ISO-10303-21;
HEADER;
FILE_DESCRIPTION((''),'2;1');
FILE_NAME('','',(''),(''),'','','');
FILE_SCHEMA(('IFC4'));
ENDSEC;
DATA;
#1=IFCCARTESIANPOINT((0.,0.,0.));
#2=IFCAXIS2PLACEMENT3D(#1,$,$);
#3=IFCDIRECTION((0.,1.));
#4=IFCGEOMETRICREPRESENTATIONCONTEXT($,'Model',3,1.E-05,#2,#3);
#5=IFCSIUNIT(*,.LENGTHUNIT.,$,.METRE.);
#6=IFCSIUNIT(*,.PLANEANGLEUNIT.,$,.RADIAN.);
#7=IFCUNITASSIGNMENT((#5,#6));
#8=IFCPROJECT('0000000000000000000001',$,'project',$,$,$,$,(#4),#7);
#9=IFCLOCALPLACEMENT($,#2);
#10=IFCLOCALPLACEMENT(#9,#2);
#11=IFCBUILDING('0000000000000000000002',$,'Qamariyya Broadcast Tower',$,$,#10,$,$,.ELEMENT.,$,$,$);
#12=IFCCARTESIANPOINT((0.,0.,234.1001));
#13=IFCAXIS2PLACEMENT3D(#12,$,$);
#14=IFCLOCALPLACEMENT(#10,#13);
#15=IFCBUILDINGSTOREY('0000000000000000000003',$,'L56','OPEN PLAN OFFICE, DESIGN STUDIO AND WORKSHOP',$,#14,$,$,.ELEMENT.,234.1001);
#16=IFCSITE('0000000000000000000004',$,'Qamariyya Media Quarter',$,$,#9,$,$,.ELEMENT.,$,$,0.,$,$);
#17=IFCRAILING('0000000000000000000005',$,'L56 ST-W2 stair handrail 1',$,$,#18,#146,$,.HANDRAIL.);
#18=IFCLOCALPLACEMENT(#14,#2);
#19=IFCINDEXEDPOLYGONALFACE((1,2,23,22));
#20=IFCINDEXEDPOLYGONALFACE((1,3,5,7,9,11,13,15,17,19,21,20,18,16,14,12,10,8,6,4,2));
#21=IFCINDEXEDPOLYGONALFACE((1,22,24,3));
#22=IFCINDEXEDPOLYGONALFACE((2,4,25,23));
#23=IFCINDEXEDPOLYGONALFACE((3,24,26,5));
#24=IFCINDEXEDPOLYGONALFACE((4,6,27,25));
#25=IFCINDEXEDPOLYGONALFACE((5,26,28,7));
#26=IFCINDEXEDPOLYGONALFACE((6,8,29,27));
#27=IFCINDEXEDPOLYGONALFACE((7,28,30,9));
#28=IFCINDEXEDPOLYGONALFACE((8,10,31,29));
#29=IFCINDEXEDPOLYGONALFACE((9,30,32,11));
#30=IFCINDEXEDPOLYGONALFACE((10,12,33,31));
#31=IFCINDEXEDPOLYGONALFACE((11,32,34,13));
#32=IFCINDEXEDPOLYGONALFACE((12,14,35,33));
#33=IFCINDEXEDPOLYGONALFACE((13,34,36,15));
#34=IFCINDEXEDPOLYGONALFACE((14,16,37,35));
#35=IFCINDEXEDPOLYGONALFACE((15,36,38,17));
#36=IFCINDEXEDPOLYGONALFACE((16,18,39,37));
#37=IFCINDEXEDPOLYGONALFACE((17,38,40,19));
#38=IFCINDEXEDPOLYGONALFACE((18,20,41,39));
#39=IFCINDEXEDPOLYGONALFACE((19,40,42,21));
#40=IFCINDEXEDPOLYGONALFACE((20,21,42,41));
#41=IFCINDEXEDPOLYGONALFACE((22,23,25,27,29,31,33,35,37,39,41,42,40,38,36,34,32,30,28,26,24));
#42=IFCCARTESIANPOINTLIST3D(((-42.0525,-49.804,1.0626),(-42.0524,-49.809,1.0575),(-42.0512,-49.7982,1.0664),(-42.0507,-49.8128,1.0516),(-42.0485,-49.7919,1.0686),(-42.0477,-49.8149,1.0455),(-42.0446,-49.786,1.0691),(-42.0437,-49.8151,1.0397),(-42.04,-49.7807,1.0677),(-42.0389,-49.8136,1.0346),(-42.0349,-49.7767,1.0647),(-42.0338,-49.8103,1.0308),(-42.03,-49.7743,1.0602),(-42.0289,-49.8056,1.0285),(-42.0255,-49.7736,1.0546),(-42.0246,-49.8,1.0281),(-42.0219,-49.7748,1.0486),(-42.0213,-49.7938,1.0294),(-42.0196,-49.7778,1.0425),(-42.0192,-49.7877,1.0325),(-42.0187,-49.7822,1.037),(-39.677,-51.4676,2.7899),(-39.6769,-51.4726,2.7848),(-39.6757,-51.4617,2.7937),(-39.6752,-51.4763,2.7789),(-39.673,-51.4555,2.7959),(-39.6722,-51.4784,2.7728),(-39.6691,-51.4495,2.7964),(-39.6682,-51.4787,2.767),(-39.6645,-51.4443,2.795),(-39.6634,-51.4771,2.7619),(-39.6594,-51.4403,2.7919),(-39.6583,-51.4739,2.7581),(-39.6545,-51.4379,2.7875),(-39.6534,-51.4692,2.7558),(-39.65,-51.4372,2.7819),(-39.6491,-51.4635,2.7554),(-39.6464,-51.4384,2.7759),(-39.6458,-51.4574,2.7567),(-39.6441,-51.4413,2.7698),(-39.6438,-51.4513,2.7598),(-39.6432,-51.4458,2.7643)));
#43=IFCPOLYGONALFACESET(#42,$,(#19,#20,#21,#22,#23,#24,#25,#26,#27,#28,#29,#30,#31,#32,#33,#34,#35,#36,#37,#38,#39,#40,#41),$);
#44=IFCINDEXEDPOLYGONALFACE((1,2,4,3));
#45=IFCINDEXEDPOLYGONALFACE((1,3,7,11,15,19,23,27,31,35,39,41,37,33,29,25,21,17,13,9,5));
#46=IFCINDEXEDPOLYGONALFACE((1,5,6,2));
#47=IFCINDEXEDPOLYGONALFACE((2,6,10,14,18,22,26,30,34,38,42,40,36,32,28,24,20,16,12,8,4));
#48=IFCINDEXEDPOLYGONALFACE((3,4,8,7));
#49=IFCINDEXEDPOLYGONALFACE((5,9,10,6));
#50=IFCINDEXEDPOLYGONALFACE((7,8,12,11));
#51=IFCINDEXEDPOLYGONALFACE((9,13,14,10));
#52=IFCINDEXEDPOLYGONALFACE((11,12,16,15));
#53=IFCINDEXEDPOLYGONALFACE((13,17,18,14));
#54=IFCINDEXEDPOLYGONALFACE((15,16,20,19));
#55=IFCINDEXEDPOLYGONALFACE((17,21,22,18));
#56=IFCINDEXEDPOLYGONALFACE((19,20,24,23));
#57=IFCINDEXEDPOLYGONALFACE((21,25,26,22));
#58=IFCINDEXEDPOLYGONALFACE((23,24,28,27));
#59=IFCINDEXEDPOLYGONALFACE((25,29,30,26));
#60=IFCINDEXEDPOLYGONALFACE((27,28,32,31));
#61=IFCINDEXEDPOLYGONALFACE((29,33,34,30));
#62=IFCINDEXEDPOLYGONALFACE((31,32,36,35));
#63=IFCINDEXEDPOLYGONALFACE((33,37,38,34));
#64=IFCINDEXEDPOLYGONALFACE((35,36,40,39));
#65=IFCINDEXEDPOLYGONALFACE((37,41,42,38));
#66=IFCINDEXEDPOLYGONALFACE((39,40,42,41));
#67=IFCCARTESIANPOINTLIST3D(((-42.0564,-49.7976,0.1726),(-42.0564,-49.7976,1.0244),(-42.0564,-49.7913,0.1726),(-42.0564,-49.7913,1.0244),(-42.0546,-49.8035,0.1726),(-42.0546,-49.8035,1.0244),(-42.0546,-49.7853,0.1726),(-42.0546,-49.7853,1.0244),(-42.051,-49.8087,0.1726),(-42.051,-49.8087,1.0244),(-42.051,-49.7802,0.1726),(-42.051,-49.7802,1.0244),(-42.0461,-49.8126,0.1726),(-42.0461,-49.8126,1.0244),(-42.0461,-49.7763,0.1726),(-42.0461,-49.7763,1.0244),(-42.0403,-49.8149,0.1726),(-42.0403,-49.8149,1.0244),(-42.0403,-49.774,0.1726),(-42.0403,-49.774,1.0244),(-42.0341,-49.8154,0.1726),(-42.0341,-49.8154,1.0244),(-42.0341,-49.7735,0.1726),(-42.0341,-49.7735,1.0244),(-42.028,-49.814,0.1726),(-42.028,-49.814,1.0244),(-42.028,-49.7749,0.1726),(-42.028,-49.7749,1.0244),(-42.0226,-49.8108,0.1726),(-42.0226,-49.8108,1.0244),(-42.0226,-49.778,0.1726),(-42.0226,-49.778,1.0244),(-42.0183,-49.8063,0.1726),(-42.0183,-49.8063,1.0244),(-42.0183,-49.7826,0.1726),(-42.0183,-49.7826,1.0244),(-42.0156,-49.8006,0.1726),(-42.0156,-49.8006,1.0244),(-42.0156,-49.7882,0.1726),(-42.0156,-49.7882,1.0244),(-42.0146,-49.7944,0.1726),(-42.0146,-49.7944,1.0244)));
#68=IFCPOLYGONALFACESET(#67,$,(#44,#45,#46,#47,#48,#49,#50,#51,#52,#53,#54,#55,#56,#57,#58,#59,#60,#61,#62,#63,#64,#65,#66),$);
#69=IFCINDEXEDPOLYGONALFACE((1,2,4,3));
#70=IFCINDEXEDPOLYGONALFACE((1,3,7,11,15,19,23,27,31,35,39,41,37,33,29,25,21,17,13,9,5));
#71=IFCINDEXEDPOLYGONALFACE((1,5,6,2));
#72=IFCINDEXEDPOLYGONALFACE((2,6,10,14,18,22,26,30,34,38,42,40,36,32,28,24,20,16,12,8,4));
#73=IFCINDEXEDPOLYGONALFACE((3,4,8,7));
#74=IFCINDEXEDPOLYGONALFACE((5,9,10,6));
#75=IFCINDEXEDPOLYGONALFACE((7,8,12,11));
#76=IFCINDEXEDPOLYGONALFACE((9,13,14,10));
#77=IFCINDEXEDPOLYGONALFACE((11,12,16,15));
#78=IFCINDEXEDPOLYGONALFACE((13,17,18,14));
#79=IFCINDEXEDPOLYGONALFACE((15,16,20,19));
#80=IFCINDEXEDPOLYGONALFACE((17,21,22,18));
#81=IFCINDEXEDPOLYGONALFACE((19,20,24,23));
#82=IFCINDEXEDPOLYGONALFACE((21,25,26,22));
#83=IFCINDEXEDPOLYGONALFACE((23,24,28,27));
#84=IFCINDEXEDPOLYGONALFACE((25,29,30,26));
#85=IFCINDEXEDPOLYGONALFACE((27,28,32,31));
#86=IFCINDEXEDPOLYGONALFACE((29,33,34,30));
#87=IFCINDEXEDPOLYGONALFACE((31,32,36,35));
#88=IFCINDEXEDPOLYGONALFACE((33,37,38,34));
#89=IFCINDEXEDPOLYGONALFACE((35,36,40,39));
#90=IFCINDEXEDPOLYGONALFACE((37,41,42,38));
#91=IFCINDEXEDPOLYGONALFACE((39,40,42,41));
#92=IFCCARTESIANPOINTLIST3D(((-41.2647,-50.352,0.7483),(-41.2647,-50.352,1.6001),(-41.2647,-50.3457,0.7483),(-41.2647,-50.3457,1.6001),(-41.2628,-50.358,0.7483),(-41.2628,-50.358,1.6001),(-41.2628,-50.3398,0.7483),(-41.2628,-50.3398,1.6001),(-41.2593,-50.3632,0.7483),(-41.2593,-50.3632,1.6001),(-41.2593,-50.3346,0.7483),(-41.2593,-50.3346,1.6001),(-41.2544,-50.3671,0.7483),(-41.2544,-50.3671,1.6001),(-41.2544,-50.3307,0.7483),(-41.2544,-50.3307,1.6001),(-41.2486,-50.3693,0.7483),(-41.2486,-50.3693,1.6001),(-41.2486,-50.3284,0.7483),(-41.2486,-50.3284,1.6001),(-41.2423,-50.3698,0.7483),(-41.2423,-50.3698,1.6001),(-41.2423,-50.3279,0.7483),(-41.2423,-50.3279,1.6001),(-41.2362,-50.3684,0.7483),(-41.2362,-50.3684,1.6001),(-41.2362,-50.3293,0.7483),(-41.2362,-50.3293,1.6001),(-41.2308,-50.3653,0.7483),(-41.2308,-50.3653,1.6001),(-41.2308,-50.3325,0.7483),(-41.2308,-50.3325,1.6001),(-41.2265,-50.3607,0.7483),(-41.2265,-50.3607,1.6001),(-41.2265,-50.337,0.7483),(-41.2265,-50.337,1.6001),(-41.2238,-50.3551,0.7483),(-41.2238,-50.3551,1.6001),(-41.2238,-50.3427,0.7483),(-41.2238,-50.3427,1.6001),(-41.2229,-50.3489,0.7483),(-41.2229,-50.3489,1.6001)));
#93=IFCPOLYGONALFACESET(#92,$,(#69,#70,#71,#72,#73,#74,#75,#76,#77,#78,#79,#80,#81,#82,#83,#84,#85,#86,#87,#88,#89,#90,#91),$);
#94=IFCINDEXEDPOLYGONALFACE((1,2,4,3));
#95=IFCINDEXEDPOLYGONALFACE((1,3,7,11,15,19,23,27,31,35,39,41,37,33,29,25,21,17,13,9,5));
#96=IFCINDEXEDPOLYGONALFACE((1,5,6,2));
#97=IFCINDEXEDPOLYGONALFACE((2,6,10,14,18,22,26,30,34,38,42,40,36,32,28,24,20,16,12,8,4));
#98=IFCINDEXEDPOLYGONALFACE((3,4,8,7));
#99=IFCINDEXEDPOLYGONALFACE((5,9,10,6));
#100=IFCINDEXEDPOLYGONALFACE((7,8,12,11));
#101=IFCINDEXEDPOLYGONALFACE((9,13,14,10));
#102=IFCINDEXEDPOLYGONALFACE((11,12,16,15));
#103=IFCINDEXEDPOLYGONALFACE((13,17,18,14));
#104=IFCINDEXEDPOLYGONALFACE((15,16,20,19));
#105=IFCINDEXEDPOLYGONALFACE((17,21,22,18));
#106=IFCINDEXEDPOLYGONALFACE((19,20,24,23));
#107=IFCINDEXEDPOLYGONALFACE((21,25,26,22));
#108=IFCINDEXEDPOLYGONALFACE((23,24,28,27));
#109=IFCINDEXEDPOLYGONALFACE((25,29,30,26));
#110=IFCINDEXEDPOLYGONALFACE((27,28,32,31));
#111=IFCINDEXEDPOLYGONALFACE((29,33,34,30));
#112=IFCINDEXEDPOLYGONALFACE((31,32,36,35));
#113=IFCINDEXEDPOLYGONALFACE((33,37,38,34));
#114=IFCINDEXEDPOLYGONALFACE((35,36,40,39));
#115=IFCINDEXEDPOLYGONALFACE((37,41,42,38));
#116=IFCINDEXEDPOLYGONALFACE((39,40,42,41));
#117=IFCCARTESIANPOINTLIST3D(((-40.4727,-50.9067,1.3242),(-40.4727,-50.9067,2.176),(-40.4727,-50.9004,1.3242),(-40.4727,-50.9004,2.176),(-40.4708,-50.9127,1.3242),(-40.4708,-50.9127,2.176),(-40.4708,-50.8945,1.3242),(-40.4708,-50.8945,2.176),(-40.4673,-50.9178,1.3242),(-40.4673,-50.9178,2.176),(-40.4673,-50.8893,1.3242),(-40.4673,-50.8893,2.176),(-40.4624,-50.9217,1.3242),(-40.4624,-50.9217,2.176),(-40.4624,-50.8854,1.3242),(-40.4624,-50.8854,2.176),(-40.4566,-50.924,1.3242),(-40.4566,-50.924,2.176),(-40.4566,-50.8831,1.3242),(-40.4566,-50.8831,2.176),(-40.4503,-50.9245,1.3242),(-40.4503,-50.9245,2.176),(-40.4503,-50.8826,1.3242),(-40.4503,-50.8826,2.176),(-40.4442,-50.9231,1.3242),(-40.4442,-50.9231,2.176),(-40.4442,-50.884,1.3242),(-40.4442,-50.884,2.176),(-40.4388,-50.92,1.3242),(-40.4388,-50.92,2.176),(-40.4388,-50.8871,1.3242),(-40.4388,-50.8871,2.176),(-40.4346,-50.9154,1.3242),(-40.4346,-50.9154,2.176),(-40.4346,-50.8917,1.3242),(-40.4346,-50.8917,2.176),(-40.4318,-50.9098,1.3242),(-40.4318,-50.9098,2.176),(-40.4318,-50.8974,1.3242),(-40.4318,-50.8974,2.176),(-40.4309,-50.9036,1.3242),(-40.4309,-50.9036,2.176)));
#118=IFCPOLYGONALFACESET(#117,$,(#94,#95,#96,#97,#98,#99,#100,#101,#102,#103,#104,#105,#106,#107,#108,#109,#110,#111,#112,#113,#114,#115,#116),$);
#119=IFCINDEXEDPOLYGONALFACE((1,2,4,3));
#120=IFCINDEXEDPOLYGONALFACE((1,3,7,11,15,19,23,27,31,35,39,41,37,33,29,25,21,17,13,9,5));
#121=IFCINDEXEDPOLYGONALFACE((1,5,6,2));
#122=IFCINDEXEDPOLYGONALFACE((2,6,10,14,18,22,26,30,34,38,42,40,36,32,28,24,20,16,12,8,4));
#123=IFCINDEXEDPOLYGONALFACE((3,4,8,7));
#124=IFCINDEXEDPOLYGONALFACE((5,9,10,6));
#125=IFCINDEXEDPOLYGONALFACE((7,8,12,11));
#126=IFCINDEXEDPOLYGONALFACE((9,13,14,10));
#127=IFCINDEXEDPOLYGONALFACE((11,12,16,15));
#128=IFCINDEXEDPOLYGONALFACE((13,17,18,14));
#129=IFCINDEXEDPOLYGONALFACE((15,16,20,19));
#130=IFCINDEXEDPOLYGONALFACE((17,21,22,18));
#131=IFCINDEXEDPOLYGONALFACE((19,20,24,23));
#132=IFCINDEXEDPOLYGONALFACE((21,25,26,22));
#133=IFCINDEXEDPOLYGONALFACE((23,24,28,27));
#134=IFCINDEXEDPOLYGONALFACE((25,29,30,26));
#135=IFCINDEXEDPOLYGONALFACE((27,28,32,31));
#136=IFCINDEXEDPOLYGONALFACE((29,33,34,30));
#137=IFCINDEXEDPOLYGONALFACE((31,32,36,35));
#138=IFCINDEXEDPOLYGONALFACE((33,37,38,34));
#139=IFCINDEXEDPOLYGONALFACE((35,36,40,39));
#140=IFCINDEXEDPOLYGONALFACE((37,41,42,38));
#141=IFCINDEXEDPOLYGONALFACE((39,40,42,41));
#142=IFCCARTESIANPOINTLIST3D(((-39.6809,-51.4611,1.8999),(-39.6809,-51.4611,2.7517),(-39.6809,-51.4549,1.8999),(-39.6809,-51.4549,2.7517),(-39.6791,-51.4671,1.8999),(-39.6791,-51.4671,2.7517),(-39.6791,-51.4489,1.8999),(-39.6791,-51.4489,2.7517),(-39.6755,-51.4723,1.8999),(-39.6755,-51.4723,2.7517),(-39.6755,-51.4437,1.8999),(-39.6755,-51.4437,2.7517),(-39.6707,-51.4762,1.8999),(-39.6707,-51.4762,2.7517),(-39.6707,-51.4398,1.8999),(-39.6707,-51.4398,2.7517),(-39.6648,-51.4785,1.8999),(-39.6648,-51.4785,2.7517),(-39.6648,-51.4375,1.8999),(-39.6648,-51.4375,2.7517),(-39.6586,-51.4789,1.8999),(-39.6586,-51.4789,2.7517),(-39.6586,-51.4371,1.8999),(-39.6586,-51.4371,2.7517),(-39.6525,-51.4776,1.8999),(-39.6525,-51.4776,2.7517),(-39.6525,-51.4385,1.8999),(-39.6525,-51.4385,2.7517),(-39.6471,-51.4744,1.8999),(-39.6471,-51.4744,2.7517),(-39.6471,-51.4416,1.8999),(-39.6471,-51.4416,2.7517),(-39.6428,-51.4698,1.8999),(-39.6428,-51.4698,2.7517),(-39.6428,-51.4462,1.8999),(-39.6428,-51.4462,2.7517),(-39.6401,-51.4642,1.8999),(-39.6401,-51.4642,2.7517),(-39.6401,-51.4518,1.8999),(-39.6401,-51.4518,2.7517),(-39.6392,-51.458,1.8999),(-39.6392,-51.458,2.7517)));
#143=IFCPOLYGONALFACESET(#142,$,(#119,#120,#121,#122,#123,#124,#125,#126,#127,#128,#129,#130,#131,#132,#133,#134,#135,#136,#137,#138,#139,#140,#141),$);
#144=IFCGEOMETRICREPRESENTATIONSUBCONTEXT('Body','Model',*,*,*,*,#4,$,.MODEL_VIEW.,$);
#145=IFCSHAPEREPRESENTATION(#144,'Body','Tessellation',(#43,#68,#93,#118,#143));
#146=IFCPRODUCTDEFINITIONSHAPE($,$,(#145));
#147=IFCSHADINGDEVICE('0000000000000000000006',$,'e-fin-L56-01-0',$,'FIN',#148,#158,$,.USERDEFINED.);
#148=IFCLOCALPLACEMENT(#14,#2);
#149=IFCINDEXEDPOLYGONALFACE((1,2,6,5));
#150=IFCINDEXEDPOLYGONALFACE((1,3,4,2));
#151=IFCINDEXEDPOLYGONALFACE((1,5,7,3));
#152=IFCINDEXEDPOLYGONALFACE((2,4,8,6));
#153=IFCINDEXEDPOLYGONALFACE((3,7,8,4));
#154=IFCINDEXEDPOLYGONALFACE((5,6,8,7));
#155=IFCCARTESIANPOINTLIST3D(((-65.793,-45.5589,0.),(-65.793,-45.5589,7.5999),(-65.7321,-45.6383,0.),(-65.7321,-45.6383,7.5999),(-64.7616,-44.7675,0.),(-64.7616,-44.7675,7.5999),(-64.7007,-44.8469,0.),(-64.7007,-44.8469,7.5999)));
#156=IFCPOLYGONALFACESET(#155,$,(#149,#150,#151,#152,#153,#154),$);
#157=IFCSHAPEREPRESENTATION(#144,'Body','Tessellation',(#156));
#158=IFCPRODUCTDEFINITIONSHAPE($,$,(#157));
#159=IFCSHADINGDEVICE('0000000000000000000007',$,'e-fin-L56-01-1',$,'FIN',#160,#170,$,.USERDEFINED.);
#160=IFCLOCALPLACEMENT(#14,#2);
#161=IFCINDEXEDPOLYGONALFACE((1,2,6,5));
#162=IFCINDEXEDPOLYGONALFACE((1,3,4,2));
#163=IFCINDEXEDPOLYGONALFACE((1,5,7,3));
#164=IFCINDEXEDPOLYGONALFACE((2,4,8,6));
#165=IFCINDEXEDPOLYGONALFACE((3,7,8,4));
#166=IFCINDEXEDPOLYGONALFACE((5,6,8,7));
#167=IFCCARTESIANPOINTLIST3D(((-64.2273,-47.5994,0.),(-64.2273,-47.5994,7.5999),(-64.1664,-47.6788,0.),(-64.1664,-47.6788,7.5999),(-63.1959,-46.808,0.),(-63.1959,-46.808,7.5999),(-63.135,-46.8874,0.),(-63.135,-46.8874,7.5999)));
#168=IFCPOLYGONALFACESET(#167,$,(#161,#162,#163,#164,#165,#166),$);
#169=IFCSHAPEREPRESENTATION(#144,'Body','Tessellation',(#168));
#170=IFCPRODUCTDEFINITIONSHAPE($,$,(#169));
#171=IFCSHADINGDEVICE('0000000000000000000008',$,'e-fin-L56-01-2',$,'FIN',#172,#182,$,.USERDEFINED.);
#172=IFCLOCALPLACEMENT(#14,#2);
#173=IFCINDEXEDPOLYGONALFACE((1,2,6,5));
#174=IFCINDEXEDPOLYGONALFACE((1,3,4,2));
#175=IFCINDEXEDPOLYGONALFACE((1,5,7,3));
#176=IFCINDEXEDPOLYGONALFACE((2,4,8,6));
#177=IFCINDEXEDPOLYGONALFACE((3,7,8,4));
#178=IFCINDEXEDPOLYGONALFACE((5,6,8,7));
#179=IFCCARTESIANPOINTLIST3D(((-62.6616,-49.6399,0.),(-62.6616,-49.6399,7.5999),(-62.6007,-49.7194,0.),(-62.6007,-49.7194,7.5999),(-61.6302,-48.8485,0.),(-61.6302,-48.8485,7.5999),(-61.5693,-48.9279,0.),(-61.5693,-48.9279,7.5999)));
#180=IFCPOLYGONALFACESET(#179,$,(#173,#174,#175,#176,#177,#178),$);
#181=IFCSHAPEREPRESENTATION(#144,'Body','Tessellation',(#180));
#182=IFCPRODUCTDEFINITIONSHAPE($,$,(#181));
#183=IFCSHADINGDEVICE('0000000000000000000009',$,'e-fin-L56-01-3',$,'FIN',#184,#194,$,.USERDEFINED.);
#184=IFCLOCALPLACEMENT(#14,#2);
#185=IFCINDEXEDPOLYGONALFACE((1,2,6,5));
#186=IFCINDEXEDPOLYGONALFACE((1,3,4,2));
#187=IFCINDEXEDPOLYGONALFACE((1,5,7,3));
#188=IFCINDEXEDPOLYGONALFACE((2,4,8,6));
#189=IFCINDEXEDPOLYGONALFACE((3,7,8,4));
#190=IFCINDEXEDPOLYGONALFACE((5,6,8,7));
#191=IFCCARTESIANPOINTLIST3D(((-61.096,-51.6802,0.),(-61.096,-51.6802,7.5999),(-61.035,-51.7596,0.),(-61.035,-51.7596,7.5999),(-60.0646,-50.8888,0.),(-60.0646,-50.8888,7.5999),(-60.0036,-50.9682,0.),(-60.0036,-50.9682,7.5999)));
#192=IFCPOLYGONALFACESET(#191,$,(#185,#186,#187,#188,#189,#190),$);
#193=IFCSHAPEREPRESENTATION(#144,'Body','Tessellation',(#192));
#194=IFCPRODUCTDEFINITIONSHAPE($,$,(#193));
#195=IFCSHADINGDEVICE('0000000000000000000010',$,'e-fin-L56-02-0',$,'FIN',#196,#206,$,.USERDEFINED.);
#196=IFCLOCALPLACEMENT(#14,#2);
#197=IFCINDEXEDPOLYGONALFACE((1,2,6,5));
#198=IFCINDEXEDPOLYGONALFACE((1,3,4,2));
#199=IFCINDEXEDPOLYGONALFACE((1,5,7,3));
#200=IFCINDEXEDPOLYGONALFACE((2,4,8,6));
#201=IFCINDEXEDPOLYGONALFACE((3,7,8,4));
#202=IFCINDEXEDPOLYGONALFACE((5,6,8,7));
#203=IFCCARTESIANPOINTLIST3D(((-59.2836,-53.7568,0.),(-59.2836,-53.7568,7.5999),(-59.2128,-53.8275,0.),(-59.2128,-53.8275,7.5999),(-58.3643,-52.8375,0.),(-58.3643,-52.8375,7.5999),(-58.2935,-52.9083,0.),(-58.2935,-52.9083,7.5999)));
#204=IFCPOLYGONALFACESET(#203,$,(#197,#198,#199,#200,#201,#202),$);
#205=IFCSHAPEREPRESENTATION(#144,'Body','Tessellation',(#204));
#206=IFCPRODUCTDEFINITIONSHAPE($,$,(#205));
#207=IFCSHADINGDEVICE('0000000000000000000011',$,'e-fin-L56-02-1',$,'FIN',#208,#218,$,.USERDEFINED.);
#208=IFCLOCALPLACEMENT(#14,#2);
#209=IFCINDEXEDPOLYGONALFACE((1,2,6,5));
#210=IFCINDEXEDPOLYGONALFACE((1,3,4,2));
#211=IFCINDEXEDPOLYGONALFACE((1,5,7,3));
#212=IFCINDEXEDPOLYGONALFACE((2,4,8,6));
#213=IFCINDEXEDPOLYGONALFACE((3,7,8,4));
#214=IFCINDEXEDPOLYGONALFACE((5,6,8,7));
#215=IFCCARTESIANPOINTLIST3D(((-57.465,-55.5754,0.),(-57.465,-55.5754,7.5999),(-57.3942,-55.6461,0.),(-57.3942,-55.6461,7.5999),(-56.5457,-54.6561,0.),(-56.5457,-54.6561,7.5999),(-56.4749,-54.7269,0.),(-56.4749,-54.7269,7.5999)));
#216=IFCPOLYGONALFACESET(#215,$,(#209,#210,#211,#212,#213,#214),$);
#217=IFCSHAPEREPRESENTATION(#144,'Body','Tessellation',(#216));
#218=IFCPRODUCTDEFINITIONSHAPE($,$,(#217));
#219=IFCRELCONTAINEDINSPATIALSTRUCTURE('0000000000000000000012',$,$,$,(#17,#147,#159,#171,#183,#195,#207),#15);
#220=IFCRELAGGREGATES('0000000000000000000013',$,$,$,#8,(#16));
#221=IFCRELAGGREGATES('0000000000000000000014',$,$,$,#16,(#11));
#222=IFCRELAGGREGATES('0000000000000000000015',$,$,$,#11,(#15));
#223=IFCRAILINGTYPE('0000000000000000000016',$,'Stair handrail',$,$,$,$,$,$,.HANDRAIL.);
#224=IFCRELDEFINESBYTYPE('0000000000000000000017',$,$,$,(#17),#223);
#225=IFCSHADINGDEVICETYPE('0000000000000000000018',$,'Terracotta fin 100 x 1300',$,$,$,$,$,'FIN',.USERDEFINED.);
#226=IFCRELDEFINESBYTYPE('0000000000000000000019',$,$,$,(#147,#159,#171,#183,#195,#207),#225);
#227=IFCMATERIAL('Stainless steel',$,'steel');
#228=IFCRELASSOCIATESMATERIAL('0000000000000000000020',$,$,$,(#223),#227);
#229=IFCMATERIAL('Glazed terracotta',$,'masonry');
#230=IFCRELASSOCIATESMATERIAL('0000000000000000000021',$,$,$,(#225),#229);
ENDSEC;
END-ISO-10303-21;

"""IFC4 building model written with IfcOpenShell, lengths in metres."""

from ifc_helpers import new_model, si_unit, direction, frame, origin, origin_2d, place, context, subcontext, project, spatial, rectangle, circle, extrude, material, material_profile, profile_set, type_object, element, save


model = new_model("IFC4")

# Units and contexts
model_context = context("Model", 3, precision=1e-05, world=origin(), true_north=direction((0.0, 1.0)))
body_context = subcontext(model_context, "Body", "Model", "MODEL_VIEW")
ifc_project = project(units=[si_unit("LENGTHUNIT", "METRE"), si_unit("PLANEANGLEUNIT", "RADIAN")], contexts=[model_context])

# Site, building, storey
site_placement = place(None, origin())
site = spatial("IfcSite", under=ifc_project, at=site_placement, Name="Qamariyya Media Quarter", CompositionType="ELEMENT", RefElevation=0.0)
building_placement = place(site_placement, origin())
building = spatial("IfcBuilding", under=site, at=building_placement, Name="Qamariyya Broadcast Tower", CompositionType="ELEMENT")
storey_placement = place(building_placement, frame((0.0, 0.0, 234.1001)))
storey = spatial("IfcBuildingStorey", under=building, at=storey_placement, Name="L56", Description="OPEN PLAN OFFICE, DESIGN STUDIO AND WORKSHOP", CompositionType="ELEMENT", Elevation=234.1001)

# Railing
ifc_material_1 = material(Name="Stainless steel", Category="steel")
railing_type_1 = type_object("IfcRailingType", Name="Stair handrail", PredefinedType="HANDRAIL", material=ifc_material_1)
railing_1_placement = place(storey_placement, frame((-42.0356, -49.7944, 0.1726)))
element("IfcRailing", 1, at=railing_1_placement, inside=storey, type_object=railing_type_1, Name="L56 ST-W2 stair handrail 1", PredefinedType="HANDRAIL", context=body_context, shape_type="SweptSolid", body=[
    extrude(circle(Radius=0.0239, at=origin_2d()), frame((0.0, 0.0, 0.876), z_axis=(0.703745, -0.492838, 0.511716), x_axis=(0.573632, 0.819113, 0.0)), (0.0, 0.0, 1.0), 3.3755),
    extrude(circle(Radius=0.021, at=origin_2d()), origin(), (0.0, 0.0, 1.0), 0.8518),
    extrude(circle(Radius=0.021, at=origin_2d()), frame((0.7917, -0.5544, 0.5757)), (0.0, 0.0, 1.0), 0.8518),
    extrude(circle(Radius=0.021, at=origin_2d()), frame((1.5837, -1.1091, 1.1516)), (0.0, 0.0, 1.0), 0.8518),
    extrude(circle(Radius=0.021, at=origin_2d()), frame((2.3755, -1.6636, 1.7273)), (0.0, 0.0, 1.0), 0.8518),
])

# Shading devices
ifc_material_2 = material(Name="Glazed terracotta", Category="masonry")
ifc_material_profile_1 = material_profile(ifc_material_2, rectangle(XDim=1.3, YDim=0.1001, at=origin_2d()))
ifc_profile_set_1 = profile_set([ifc_material_profile_1], Name="Glazed terracotta")
shading_device_type_1 = type_object("IfcShadingDeviceType", Name="Terracotta fin 100 x 1300", ElementType="FIN", PredefinedType="USERDEFINED", material=ifc_profile_set_1)
for number, where, z_axis, x_axis, name in (
    (2, (-65.2468, -45.2029, 0.0), (0.0, 0.0, 1.0), (-0.793353, -0.608761, 0.0), "e-fin-L56-01-0"),
    (3, (-63.6812, -47.2434, 0.0), (0.0, 0.0, 1.0), (-0.793353, -0.608761, 0.0), "e-fin-L56-01-1"),
    (4, (-62.1155, -49.2839, 0.0), (0.0, 0.0, 1.0), (-0.793353, -0.608761, 0.0), "e-fin-L56-01-2"),
    (5, (-60.5498, -51.3242, 0.0), (0.0, 0.0, 1.0), (-0.793353, -0.608761, 0.0), "e-fin-L56-01-3"),
    (6, (-58.7886, -53.3325, 0.0), (0.0, 0.0, 1.0), (-0.707107, -0.707107, 0.0), "e-fin-L56-02-0"),
    (7, (-56.97, -55.1511, 0.0), (0.0, 0.0, 1.0), (-0.707107, -0.707107, 0.0), "e-fin-L56-02-1"),
):
    element("IfcShadingDevice", number, at=place(storey_placement, frame(where, z_axis=z_axis, x_axis=x_axis)), inside=storey, type_object=shading_device_type_1, Name=name, ObjectType="FIN", PredefinedType="USERDEFINED", context=body_context, shape_type="SweptSolid", body=[
        extrude(rectangle(XDim=1.3, YDim=0.1001, at=origin_2d()), origin(), (0.0, 0.0, 1.0), 7.5999),
    ])

save(model, "model.ifc")
